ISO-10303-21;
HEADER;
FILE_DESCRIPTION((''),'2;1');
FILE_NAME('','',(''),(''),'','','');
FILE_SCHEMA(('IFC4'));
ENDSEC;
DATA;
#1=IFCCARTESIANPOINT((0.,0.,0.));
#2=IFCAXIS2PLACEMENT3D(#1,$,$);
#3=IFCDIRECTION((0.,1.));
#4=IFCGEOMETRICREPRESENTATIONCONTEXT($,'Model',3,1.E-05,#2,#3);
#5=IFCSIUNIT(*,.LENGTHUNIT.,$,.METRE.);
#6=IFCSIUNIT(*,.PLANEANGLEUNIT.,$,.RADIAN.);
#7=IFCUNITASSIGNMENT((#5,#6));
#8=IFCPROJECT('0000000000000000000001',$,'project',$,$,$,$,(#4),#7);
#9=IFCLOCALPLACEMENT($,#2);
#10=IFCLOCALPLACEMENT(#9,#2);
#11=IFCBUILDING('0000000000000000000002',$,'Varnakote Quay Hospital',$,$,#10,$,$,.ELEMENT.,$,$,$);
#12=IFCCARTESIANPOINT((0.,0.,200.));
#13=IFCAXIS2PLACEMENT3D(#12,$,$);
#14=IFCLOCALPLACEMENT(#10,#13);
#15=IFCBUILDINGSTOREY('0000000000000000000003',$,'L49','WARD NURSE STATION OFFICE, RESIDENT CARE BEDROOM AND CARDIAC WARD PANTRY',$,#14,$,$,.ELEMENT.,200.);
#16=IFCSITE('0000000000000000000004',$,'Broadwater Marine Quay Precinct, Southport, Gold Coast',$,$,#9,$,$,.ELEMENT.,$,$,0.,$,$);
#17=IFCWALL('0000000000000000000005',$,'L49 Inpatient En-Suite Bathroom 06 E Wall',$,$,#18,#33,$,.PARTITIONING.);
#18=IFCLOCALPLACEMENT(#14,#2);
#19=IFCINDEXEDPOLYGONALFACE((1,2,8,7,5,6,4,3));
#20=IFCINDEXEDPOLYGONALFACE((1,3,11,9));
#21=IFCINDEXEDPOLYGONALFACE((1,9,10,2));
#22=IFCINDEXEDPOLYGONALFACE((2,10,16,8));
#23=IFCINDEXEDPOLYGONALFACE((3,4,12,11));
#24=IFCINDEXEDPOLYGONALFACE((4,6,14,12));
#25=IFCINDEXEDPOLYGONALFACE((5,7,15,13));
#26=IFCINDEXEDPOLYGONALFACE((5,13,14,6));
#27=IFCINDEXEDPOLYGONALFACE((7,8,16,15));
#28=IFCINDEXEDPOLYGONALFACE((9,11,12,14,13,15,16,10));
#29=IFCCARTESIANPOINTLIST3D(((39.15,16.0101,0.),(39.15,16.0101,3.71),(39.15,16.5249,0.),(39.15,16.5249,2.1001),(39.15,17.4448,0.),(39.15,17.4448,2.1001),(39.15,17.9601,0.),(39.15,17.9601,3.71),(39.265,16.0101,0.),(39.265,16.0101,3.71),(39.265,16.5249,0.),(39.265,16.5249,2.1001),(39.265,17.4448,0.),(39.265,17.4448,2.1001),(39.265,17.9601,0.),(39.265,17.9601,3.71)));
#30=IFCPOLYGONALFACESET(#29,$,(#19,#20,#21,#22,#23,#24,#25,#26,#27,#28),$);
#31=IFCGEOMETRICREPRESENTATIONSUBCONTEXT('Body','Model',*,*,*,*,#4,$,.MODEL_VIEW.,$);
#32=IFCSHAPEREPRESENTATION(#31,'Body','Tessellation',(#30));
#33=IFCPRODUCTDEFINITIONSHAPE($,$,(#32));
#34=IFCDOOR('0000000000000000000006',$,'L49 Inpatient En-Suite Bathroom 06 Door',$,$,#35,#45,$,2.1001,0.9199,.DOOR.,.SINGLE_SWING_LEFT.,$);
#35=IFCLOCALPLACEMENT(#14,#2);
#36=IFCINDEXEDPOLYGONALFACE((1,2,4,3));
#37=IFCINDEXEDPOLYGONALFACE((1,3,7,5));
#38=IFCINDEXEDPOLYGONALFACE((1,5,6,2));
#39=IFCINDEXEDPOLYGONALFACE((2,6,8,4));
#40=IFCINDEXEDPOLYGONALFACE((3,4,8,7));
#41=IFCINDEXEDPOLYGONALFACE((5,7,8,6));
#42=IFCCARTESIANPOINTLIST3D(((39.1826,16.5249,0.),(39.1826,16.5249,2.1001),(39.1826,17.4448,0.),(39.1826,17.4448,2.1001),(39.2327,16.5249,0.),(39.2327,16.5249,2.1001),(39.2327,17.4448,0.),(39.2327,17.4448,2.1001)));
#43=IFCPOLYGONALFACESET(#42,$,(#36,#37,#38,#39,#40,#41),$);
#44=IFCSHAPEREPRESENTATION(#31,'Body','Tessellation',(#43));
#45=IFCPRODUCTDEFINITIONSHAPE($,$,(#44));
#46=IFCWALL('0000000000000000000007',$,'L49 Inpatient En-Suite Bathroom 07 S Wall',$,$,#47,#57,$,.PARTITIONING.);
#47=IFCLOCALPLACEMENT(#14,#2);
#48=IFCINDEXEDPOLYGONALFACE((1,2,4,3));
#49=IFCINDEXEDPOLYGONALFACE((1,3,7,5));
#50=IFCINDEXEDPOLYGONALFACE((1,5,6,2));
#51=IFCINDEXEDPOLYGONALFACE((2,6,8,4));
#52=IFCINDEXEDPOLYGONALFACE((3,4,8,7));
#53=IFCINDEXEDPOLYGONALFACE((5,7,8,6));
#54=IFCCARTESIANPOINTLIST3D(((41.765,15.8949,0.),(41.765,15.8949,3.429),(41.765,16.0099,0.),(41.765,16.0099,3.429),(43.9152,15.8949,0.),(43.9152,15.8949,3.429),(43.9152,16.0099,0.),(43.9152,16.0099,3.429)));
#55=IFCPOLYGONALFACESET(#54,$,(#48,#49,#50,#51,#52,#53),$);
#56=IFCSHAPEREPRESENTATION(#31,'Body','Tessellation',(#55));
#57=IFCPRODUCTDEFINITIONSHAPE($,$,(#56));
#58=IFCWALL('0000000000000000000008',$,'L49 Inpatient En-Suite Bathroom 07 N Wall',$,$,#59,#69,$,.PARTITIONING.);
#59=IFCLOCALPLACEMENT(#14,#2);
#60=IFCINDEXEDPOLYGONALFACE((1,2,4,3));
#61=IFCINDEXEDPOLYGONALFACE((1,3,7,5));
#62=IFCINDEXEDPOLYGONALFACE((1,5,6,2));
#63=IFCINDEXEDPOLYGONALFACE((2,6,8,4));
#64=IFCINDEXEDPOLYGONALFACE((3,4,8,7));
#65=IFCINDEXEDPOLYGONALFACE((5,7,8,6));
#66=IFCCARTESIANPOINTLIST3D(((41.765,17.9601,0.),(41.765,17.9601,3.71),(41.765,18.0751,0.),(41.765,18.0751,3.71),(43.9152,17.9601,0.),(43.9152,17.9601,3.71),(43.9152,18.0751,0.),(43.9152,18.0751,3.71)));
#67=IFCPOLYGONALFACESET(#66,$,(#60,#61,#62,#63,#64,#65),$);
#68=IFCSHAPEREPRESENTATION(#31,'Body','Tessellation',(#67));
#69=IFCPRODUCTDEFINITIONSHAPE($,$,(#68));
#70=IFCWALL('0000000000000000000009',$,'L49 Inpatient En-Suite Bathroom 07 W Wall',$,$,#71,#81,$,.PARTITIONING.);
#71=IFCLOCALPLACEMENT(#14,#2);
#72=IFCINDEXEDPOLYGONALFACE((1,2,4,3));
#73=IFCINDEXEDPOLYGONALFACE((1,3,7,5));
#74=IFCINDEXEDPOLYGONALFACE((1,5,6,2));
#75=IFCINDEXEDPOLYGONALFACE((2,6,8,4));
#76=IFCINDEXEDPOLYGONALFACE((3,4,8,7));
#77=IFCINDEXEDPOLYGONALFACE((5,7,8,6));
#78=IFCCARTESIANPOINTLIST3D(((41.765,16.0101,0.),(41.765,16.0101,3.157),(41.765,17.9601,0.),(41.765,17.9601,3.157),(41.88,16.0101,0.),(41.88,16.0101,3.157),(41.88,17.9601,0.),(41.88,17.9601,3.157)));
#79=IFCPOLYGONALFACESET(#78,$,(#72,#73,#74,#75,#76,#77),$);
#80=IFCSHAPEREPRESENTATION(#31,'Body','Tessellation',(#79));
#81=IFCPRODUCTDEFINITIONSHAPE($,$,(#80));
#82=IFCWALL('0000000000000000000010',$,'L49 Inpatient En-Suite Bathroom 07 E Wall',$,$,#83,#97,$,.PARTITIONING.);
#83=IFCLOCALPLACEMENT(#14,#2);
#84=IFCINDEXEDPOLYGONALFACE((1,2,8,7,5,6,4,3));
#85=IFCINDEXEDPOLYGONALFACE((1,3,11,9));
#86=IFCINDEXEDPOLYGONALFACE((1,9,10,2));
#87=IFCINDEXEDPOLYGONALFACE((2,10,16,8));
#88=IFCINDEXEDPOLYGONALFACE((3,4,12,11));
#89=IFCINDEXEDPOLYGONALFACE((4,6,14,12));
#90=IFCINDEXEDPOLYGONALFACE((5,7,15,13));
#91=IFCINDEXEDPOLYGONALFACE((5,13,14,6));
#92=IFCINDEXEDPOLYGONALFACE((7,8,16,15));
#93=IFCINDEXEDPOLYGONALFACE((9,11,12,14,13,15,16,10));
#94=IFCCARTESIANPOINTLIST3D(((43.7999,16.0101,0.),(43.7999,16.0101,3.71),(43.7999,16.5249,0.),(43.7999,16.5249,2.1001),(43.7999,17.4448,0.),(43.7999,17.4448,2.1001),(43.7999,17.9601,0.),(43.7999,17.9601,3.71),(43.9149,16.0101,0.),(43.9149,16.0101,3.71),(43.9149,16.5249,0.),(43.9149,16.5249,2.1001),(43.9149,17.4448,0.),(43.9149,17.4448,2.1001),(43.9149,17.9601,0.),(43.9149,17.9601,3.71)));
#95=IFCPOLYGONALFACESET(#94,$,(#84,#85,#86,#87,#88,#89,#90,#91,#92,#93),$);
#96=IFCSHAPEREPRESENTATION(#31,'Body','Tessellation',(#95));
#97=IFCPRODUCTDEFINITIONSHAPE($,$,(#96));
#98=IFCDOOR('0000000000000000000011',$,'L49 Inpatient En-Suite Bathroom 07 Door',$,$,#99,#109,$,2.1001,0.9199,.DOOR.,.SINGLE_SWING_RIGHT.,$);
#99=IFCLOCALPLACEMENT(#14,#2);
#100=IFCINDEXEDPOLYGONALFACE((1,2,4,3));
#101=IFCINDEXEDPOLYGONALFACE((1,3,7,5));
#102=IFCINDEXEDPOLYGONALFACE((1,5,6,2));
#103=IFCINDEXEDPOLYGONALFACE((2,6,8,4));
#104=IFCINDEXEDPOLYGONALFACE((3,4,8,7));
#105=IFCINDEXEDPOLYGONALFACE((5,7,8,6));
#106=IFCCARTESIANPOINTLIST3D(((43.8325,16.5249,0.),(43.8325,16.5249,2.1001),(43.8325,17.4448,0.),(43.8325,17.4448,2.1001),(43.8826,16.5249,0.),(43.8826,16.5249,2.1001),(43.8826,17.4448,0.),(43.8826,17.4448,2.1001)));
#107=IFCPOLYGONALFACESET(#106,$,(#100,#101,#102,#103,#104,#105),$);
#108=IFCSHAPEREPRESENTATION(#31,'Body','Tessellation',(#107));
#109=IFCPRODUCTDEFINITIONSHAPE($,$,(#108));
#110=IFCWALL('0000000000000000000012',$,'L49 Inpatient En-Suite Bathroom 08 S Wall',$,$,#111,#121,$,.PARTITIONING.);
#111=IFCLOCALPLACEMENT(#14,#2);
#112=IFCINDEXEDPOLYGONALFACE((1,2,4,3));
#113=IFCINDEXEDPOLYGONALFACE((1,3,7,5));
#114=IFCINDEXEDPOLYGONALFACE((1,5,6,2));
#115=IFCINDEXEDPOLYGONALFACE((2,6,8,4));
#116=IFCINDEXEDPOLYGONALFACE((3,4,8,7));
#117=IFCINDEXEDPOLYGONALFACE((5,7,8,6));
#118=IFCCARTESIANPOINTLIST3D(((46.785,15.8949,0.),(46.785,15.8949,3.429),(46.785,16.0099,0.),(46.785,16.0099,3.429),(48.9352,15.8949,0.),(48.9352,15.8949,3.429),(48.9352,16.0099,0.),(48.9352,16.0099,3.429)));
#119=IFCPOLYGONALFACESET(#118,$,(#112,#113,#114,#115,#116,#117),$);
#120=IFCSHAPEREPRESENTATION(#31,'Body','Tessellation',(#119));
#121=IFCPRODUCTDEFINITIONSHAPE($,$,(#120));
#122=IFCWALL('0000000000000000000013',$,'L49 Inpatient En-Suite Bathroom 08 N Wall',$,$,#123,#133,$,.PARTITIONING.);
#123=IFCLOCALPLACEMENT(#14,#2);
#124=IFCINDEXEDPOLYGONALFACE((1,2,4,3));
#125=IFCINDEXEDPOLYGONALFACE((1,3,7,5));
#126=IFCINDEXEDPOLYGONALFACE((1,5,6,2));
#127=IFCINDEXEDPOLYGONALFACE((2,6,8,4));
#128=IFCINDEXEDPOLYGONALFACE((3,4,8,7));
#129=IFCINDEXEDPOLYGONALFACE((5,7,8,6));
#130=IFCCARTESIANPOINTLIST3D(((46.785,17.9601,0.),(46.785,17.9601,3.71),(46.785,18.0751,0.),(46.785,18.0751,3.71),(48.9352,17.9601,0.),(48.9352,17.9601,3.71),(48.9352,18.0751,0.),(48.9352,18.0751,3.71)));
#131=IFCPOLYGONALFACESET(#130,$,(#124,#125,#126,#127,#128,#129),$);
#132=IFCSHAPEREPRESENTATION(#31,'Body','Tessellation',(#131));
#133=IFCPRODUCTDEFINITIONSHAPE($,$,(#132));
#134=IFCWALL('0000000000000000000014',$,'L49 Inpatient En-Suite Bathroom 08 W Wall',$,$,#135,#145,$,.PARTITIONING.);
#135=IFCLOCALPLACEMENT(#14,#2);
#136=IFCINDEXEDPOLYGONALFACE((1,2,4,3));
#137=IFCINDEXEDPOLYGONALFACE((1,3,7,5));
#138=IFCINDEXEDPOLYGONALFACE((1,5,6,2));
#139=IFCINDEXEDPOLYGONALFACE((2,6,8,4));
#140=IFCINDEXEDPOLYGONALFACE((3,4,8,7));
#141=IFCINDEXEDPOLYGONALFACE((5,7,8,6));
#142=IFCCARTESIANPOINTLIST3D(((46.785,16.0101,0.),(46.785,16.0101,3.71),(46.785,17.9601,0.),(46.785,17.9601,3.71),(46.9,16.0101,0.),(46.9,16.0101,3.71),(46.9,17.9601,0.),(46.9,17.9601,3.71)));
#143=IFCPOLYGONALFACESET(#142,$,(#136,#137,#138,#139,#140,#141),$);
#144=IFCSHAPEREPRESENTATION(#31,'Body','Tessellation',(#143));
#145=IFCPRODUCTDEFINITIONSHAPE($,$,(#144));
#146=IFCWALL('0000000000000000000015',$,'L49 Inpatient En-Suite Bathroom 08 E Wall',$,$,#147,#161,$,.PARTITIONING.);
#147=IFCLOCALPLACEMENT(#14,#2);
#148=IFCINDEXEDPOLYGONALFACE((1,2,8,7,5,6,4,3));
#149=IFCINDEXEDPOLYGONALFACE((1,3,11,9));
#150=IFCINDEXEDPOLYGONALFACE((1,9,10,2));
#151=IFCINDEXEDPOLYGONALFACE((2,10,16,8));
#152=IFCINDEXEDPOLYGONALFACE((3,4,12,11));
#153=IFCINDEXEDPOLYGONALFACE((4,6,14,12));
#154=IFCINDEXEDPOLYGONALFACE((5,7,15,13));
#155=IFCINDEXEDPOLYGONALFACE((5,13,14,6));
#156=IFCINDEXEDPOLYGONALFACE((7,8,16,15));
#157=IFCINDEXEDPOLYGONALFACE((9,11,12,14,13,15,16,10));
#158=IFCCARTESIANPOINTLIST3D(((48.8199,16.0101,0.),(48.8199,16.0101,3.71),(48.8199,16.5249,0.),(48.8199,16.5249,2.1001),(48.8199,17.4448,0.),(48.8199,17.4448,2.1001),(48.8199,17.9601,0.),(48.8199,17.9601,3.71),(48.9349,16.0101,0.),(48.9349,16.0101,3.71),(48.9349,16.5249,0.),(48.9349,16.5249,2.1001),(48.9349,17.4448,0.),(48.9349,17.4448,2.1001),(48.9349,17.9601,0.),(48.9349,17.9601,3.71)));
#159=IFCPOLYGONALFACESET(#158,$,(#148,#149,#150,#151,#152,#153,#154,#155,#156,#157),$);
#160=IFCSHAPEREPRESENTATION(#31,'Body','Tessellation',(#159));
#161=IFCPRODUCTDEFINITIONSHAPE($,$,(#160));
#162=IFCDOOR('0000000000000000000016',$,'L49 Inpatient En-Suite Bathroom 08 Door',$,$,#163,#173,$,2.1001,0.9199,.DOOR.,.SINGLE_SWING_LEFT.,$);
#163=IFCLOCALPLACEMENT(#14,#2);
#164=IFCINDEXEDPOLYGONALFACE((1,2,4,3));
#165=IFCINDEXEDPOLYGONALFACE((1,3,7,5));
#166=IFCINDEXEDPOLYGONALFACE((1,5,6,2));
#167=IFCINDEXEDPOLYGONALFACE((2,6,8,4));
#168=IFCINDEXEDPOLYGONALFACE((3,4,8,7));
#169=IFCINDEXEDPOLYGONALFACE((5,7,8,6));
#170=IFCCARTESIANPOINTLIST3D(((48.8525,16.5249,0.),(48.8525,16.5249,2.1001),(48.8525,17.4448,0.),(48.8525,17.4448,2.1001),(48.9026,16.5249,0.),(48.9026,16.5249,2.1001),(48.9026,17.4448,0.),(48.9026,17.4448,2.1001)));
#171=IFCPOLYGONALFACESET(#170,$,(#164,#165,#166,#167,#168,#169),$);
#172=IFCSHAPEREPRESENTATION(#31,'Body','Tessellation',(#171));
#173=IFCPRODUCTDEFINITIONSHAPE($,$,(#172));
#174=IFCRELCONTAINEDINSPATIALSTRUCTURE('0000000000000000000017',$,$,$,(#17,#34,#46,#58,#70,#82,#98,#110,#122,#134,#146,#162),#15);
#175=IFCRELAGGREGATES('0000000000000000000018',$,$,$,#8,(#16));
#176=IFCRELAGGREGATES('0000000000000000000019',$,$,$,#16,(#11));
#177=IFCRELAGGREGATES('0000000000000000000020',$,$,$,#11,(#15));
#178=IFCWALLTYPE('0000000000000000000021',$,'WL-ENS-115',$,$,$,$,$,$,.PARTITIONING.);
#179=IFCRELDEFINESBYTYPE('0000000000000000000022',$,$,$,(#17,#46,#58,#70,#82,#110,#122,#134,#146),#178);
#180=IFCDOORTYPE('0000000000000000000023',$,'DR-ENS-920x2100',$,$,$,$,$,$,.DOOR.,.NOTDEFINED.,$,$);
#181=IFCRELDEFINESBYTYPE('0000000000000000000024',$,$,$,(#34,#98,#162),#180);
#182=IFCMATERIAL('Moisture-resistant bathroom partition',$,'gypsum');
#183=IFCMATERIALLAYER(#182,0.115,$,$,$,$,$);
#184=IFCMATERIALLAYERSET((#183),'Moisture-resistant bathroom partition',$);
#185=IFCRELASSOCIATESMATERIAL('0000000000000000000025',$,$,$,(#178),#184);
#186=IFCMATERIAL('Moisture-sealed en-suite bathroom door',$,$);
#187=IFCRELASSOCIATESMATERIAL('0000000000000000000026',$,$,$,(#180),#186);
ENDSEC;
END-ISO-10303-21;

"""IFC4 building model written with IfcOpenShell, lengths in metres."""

from ifc_helpers import new_model, si_unit, direction, frame, frame_2d, origin, place, context, subcontext, project, spatial, rectangle, extrude, material, layer, layer_set, type_object, element, fill, save


model = new_model("IFC4")

# Units and contexts
model_context = context("Model", 3, precision=1e-05, world=origin(), true_north=direction((0.0, 1.0)))
body_context = subcontext(model_context, "Body", "Model", "MODEL_VIEW")
ifc_project = project(units=[si_unit("LENGTHUNIT", "METRE"), si_unit("PLANEANGLEUNIT", "RADIAN")], contexts=[model_context])

# Site, building, storey
site_placement = place(None, origin())
site = spatial("IfcSite", under=ifc_project, at=site_placement, Name="Broadwater Marine Quay Precinct, Southport, Gold Coast", CompositionType="ELEMENT", RefElevation=0.0)
building_placement = place(site_placement, origin())
building = spatial("IfcBuilding", under=site, at=building_placement, Name="Varnakote Quay Hospital", CompositionType="ELEMENT")
storey_placement = place(building_placement, frame((0.0, 0.0, 200.0)))
storey = spatial("IfcBuildingStorey", under=building, at=storey_placement, Name="L49", Description="WARD NURSE STATION OFFICE, RESIDENT CARE BEDROOM AND CARDIAC WARD PANTRY", CompositionType="ELEMENT", Elevation=200.0)

# Shared definitions
ifc_material_1 = material(Name="Moisture-resistant bathroom partition", Category="gypsum")
ifc_layer_1 = layer(ifc_material_1, 0.115)
ifc_layer_set_1 = layer_set([ifc_layer_1], Name="Moisture-resistant bathroom partition")
wall_type_1 = type_object("IfcWallType", Name="WL-ENS-115", PredefinedType="PARTITIONING", material=ifc_layer_set_1)

# Wall, opening, door
wall_1_placement = place(storey_placement, frame((39.2075, 16.01, 0.0), z_axis=(0.0, 0.0, 1.0), x_axis=(0.0, 1.0, 0.0)))
wall_1 = element("IfcWall", 1, at=wall_1_placement, inside=storey, type_object=wall_type_1, Name="L49 Inpatient En-Suite Bathroom 06 E Wall", PredefinedType="PARTITIONING", context=body_context, shape_type="SweptSolid", body=[
    extrude(rectangle(XDim=1.95, YDim=0.115, at=frame_2d((0.9751, 0.0))), origin(), (0.0, 0.0, 1.0), 3.71),
])
opening_1_placement = place(wall_1_placement, frame((0.5149, 0.0, 0.0)))
opening_1 = element("IfcOpeningElement", 2, at=opening_1_placement, cuts=wall_1, PredefinedType="OPENING", context=body_context, shape_type="SweptSolid", body=[
    extrude(rectangle(XDim=0.9199, YDim=2.1001, at=frame_2d((0.46, 1.05))), frame((0.0, 0.0674, 0.0), z_axis=(0.0, -1.0, 0.0), x_axis=(1.0, 0.0, 0.0)), (0.0, 0.0, 1.0), 0.135),
])
ifc_material_2 = material(Name="Moisture-sealed en-suite bathroom door")
door_type_1 = type_object("IfcDoorType", Name="DR-ENS-920x2100", OperationType="NOTDEFINED", PredefinedType="DOOR", material=ifc_material_2)
door_1_placement = place(opening_1_placement, origin())
door_1 = element("IfcDoor", 3, at=door_1_placement, inside=storey, type_object=door_type_1, Name="L49 Inpatient En-Suite Bathroom 06 Door", OperationType="SINGLE_SWING_LEFT", OverallHeight=2.1001, OverallWidth=0.9199, PredefinedType="DOOR", context=body_context, shape_type="SweptSolid", body=[
    extrude(rectangle(XDim=0.9199, YDim=2.1001, at=frame_2d((0.46, 1.05))), frame((0.0, 0.0249, 0.0), z_axis=(0.0, -1.0, 0.0), x_axis=(1.0, 0.0, 0.0)), (0.0, 0.0, 1.0), 0.05),
])
fill(opening_1, door_1)

# Walls
wall_2_placement = place(storey_placement, frame((41.7649, 15.9524, 0.0), z_axis=(0.0, 0.0, 1.0), x_axis=(1.0, 0.0, 0.0)))
element("IfcWall", 4, at=wall_2_placement, inside=storey, type_object=wall_type_1, Name="L49 Inpatient En-Suite Bathroom 07 S Wall", PredefinedType="PARTITIONING", context=body_context, shape_type="SweptSolid", body=[
    extrude(rectangle(XDim=2.1501, YDim=0.115, at=frame_2d((1.0752, 0.0))), origin(), (0.0, 0.0, 1.0), 3.429),
])
wall_3_placement = place(storey_placement, frame((41.7649, 18.0176, 0.0), z_axis=(0.0, 0.0, 1.0), x_axis=(1.0, 0.0, 0.0)))
element("IfcWall", 5, at=wall_3_placement, inside=storey, type_object=wall_type_1, Name="L49 Inpatient En-Suite Bathroom 07 N Wall", PredefinedType="PARTITIONING", context=body_context, shape_type="SweptSolid", body=[
    extrude(rectangle(XDim=2.1501, YDim=0.115, at=frame_2d((1.0752, 0.0))), origin(), (0.0, 0.0, 1.0), 3.71),
])
wall_4_placement = place(storey_placement, frame((41.8225, 16.01, 0.0), z_axis=(0.0, 0.0, 1.0), x_axis=(0.0, 1.0, 0.0)))
element("IfcWall", 6, at=wall_4_placement, inside=storey, type_object=wall_type_1, Name="L49 Inpatient En-Suite Bathroom 07 W Wall", PredefinedType="PARTITIONING", context=body_context, shape_type="SweptSolid", body=[
    extrude(rectangle(XDim=1.95, YDim=0.115, at=frame_2d((0.9751, 0.0))), origin(), (0.0, 0.0, 1.0), 3.157),
])

# Wall, opening, door
wall_5_placement = place(storey_placement, frame((43.8574, 16.01, 0.0), z_axis=(0.0, 0.0, 1.0), x_axis=(0.0, 1.0, 0.0)))
wall_5 = element("IfcWall", 7, at=wall_5_placement, inside=storey, type_object=wall_type_1, Name="L49 Inpatient En-Suite Bathroom 07 E Wall", PredefinedType="PARTITIONING", context=body_context, shape_type="SweptSolid", body=[
    extrude(rectangle(XDim=1.95, YDim=0.115, at=frame_2d((0.9751, 0.0))), origin(), (0.0, 0.0, 1.0), 3.71),
])
opening_2_placement = place(wall_5_placement, frame((0.5149, 0.0, 0.0)))
opening_2 = element("IfcOpeningElement", 8, at=opening_2_placement, cuts=wall_5, PredefinedType="OPENING", context=body_context, shape_type="SweptSolid", body=[
    extrude(rectangle(XDim=0.9199, YDim=2.1001, at=frame_2d((0.46, 1.05))), frame((0.0, 0.0674, 0.0), z_axis=(0.0, -1.0, 0.0), x_axis=(1.0, 0.0, 0.0)), (0.0, 0.0, 1.0), 0.135),
])
door_2_placement = place(opening_2_placement, origin())
door_2 = element("IfcDoor", 9, at=door_2_placement, inside=storey, type_object=door_type_1, Name="L49 Inpatient En-Suite Bathroom 07 Door", OperationType="SINGLE_SWING_RIGHT", OverallHeight=2.1001, OverallWidth=0.9199, PredefinedType="DOOR", context=body_context, shape_type="SweptSolid", body=[
    extrude(rectangle(XDim=0.9199, YDim=2.1001, at=frame_2d((0.46, 1.05))), frame((0.0, 0.0249, 0.0), z_axis=(0.0, -1.0, 0.0), x_axis=(1.0, 0.0, 0.0)), (0.0, 0.0, 1.0), 0.05),
])
fill(opening_2, door_2)

# Walls
wall_6_placement = place(storey_placement, frame((46.7849, 15.9524, 0.0), z_axis=(0.0, 0.0, 1.0), x_axis=(1.0, 0.0, 0.0)))
element("IfcWall", 10, at=wall_6_placement, inside=storey, type_object=wall_type_1, Name="L49 Inpatient En-Suite Bathroom 08 S Wall", PredefinedType="PARTITIONING", context=body_context, shape_type="SweptSolid", body=[
    extrude(rectangle(XDim=2.1501, YDim=0.115, at=frame_2d((1.0752, 0.0))), origin(), (0.0, 0.0, 1.0), 3.429),
])
wall_7_placement = place(storey_placement, frame((46.7849, 18.0176, 0.0), z_axis=(0.0, 0.0, 1.0), x_axis=(1.0, 0.0, 0.0)))
element("IfcWall", 11, at=wall_7_placement, inside=storey, type_object=wall_type_1, Name="L49 Inpatient En-Suite Bathroom 08 N Wall", PredefinedType="PARTITIONING", context=body_context, shape_type="SweptSolid", body=[
    extrude(rectangle(XDim=2.1501, YDim=0.115, at=frame_2d((1.0752, 0.0))), origin(), (0.0, 0.0, 1.0), 3.71),
])
wall_8_placement = place(storey_placement, frame((46.8425, 16.01, 0.0), z_axis=(0.0, 0.0, 1.0), x_axis=(0.0, 1.0, 0.0)))
element("IfcWall", 12, at=wall_8_placement, inside=storey, type_object=wall_type_1, Name="L49 Inpatient En-Suite Bathroom 08 W Wall", PredefinedType="PARTITIONING", context=body_context, shape_type="SweptSolid", body=[
    extrude(rectangle(XDim=1.95, YDim=0.115, at=frame_2d((0.9751, 0.0))), origin(), (0.0, 0.0, 1.0), 3.71),
])

# Wall, opening, door
wall_9_placement = place(storey_placement, frame((48.8774, 16.01, 0.0), z_axis=(0.0, 0.0, 1.0), x_axis=(0.0, 1.0, 0.0)))
wall_9 = element("IfcWall", 13, at=wall_9_placement, inside=storey, type_object=wall_type_1, Name="L49 Inpatient En-Suite Bathroom 08 E Wall", PredefinedType="PARTITIONING", context=body_context, shape_type="SweptSolid", body=[
    extrude(rectangle(XDim=1.95, YDim=0.115, at=frame_2d((0.9751, 0.0))), origin(), (0.0, 0.0, 1.0), 3.71),
])
opening_3_placement = place(wall_9_placement, frame((0.5149, 0.0, 0.0)))
opening_3 = element("IfcOpeningElement", 14, at=opening_3_placement, cuts=wall_9, PredefinedType="OPENING", context=body_context, shape_type="SweptSolid", body=[
    extrude(rectangle(XDim=0.9199, YDim=2.1001, at=frame_2d((0.46, 1.05))), frame((0.0, 0.0674, 0.0), z_axis=(0.0, -1.0, 0.0), x_axis=(1.0, 0.0, 0.0)), (0.0, 0.0, 1.0), 0.135),
])
door_3_placement = place(opening_3_placement, origin())
door_3 = element("IfcDoor", 15, at=door_3_placement, inside=storey, type_object=door_type_1, Name="L49 Inpatient En-Suite Bathroom 08 Door", OperationType="SINGLE_SWING_LEFT", OverallHeight=2.1001, OverallWidth=0.9199, PredefinedType="DOOR", context=body_context, shape_type="SweptSolid", body=[
    extrude(rectangle(XDim=0.9199, YDim=2.1001, at=frame_2d((0.46, 1.05))), frame((0.0, 0.0249, 0.0), z_axis=(0.0, -1.0, 0.0), x_axis=(1.0, 0.0, 0.0)), (0.0, 0.0, 1.0), 0.05),
])
fill(opening_3, door_3)

save(model, "model.ifc")
